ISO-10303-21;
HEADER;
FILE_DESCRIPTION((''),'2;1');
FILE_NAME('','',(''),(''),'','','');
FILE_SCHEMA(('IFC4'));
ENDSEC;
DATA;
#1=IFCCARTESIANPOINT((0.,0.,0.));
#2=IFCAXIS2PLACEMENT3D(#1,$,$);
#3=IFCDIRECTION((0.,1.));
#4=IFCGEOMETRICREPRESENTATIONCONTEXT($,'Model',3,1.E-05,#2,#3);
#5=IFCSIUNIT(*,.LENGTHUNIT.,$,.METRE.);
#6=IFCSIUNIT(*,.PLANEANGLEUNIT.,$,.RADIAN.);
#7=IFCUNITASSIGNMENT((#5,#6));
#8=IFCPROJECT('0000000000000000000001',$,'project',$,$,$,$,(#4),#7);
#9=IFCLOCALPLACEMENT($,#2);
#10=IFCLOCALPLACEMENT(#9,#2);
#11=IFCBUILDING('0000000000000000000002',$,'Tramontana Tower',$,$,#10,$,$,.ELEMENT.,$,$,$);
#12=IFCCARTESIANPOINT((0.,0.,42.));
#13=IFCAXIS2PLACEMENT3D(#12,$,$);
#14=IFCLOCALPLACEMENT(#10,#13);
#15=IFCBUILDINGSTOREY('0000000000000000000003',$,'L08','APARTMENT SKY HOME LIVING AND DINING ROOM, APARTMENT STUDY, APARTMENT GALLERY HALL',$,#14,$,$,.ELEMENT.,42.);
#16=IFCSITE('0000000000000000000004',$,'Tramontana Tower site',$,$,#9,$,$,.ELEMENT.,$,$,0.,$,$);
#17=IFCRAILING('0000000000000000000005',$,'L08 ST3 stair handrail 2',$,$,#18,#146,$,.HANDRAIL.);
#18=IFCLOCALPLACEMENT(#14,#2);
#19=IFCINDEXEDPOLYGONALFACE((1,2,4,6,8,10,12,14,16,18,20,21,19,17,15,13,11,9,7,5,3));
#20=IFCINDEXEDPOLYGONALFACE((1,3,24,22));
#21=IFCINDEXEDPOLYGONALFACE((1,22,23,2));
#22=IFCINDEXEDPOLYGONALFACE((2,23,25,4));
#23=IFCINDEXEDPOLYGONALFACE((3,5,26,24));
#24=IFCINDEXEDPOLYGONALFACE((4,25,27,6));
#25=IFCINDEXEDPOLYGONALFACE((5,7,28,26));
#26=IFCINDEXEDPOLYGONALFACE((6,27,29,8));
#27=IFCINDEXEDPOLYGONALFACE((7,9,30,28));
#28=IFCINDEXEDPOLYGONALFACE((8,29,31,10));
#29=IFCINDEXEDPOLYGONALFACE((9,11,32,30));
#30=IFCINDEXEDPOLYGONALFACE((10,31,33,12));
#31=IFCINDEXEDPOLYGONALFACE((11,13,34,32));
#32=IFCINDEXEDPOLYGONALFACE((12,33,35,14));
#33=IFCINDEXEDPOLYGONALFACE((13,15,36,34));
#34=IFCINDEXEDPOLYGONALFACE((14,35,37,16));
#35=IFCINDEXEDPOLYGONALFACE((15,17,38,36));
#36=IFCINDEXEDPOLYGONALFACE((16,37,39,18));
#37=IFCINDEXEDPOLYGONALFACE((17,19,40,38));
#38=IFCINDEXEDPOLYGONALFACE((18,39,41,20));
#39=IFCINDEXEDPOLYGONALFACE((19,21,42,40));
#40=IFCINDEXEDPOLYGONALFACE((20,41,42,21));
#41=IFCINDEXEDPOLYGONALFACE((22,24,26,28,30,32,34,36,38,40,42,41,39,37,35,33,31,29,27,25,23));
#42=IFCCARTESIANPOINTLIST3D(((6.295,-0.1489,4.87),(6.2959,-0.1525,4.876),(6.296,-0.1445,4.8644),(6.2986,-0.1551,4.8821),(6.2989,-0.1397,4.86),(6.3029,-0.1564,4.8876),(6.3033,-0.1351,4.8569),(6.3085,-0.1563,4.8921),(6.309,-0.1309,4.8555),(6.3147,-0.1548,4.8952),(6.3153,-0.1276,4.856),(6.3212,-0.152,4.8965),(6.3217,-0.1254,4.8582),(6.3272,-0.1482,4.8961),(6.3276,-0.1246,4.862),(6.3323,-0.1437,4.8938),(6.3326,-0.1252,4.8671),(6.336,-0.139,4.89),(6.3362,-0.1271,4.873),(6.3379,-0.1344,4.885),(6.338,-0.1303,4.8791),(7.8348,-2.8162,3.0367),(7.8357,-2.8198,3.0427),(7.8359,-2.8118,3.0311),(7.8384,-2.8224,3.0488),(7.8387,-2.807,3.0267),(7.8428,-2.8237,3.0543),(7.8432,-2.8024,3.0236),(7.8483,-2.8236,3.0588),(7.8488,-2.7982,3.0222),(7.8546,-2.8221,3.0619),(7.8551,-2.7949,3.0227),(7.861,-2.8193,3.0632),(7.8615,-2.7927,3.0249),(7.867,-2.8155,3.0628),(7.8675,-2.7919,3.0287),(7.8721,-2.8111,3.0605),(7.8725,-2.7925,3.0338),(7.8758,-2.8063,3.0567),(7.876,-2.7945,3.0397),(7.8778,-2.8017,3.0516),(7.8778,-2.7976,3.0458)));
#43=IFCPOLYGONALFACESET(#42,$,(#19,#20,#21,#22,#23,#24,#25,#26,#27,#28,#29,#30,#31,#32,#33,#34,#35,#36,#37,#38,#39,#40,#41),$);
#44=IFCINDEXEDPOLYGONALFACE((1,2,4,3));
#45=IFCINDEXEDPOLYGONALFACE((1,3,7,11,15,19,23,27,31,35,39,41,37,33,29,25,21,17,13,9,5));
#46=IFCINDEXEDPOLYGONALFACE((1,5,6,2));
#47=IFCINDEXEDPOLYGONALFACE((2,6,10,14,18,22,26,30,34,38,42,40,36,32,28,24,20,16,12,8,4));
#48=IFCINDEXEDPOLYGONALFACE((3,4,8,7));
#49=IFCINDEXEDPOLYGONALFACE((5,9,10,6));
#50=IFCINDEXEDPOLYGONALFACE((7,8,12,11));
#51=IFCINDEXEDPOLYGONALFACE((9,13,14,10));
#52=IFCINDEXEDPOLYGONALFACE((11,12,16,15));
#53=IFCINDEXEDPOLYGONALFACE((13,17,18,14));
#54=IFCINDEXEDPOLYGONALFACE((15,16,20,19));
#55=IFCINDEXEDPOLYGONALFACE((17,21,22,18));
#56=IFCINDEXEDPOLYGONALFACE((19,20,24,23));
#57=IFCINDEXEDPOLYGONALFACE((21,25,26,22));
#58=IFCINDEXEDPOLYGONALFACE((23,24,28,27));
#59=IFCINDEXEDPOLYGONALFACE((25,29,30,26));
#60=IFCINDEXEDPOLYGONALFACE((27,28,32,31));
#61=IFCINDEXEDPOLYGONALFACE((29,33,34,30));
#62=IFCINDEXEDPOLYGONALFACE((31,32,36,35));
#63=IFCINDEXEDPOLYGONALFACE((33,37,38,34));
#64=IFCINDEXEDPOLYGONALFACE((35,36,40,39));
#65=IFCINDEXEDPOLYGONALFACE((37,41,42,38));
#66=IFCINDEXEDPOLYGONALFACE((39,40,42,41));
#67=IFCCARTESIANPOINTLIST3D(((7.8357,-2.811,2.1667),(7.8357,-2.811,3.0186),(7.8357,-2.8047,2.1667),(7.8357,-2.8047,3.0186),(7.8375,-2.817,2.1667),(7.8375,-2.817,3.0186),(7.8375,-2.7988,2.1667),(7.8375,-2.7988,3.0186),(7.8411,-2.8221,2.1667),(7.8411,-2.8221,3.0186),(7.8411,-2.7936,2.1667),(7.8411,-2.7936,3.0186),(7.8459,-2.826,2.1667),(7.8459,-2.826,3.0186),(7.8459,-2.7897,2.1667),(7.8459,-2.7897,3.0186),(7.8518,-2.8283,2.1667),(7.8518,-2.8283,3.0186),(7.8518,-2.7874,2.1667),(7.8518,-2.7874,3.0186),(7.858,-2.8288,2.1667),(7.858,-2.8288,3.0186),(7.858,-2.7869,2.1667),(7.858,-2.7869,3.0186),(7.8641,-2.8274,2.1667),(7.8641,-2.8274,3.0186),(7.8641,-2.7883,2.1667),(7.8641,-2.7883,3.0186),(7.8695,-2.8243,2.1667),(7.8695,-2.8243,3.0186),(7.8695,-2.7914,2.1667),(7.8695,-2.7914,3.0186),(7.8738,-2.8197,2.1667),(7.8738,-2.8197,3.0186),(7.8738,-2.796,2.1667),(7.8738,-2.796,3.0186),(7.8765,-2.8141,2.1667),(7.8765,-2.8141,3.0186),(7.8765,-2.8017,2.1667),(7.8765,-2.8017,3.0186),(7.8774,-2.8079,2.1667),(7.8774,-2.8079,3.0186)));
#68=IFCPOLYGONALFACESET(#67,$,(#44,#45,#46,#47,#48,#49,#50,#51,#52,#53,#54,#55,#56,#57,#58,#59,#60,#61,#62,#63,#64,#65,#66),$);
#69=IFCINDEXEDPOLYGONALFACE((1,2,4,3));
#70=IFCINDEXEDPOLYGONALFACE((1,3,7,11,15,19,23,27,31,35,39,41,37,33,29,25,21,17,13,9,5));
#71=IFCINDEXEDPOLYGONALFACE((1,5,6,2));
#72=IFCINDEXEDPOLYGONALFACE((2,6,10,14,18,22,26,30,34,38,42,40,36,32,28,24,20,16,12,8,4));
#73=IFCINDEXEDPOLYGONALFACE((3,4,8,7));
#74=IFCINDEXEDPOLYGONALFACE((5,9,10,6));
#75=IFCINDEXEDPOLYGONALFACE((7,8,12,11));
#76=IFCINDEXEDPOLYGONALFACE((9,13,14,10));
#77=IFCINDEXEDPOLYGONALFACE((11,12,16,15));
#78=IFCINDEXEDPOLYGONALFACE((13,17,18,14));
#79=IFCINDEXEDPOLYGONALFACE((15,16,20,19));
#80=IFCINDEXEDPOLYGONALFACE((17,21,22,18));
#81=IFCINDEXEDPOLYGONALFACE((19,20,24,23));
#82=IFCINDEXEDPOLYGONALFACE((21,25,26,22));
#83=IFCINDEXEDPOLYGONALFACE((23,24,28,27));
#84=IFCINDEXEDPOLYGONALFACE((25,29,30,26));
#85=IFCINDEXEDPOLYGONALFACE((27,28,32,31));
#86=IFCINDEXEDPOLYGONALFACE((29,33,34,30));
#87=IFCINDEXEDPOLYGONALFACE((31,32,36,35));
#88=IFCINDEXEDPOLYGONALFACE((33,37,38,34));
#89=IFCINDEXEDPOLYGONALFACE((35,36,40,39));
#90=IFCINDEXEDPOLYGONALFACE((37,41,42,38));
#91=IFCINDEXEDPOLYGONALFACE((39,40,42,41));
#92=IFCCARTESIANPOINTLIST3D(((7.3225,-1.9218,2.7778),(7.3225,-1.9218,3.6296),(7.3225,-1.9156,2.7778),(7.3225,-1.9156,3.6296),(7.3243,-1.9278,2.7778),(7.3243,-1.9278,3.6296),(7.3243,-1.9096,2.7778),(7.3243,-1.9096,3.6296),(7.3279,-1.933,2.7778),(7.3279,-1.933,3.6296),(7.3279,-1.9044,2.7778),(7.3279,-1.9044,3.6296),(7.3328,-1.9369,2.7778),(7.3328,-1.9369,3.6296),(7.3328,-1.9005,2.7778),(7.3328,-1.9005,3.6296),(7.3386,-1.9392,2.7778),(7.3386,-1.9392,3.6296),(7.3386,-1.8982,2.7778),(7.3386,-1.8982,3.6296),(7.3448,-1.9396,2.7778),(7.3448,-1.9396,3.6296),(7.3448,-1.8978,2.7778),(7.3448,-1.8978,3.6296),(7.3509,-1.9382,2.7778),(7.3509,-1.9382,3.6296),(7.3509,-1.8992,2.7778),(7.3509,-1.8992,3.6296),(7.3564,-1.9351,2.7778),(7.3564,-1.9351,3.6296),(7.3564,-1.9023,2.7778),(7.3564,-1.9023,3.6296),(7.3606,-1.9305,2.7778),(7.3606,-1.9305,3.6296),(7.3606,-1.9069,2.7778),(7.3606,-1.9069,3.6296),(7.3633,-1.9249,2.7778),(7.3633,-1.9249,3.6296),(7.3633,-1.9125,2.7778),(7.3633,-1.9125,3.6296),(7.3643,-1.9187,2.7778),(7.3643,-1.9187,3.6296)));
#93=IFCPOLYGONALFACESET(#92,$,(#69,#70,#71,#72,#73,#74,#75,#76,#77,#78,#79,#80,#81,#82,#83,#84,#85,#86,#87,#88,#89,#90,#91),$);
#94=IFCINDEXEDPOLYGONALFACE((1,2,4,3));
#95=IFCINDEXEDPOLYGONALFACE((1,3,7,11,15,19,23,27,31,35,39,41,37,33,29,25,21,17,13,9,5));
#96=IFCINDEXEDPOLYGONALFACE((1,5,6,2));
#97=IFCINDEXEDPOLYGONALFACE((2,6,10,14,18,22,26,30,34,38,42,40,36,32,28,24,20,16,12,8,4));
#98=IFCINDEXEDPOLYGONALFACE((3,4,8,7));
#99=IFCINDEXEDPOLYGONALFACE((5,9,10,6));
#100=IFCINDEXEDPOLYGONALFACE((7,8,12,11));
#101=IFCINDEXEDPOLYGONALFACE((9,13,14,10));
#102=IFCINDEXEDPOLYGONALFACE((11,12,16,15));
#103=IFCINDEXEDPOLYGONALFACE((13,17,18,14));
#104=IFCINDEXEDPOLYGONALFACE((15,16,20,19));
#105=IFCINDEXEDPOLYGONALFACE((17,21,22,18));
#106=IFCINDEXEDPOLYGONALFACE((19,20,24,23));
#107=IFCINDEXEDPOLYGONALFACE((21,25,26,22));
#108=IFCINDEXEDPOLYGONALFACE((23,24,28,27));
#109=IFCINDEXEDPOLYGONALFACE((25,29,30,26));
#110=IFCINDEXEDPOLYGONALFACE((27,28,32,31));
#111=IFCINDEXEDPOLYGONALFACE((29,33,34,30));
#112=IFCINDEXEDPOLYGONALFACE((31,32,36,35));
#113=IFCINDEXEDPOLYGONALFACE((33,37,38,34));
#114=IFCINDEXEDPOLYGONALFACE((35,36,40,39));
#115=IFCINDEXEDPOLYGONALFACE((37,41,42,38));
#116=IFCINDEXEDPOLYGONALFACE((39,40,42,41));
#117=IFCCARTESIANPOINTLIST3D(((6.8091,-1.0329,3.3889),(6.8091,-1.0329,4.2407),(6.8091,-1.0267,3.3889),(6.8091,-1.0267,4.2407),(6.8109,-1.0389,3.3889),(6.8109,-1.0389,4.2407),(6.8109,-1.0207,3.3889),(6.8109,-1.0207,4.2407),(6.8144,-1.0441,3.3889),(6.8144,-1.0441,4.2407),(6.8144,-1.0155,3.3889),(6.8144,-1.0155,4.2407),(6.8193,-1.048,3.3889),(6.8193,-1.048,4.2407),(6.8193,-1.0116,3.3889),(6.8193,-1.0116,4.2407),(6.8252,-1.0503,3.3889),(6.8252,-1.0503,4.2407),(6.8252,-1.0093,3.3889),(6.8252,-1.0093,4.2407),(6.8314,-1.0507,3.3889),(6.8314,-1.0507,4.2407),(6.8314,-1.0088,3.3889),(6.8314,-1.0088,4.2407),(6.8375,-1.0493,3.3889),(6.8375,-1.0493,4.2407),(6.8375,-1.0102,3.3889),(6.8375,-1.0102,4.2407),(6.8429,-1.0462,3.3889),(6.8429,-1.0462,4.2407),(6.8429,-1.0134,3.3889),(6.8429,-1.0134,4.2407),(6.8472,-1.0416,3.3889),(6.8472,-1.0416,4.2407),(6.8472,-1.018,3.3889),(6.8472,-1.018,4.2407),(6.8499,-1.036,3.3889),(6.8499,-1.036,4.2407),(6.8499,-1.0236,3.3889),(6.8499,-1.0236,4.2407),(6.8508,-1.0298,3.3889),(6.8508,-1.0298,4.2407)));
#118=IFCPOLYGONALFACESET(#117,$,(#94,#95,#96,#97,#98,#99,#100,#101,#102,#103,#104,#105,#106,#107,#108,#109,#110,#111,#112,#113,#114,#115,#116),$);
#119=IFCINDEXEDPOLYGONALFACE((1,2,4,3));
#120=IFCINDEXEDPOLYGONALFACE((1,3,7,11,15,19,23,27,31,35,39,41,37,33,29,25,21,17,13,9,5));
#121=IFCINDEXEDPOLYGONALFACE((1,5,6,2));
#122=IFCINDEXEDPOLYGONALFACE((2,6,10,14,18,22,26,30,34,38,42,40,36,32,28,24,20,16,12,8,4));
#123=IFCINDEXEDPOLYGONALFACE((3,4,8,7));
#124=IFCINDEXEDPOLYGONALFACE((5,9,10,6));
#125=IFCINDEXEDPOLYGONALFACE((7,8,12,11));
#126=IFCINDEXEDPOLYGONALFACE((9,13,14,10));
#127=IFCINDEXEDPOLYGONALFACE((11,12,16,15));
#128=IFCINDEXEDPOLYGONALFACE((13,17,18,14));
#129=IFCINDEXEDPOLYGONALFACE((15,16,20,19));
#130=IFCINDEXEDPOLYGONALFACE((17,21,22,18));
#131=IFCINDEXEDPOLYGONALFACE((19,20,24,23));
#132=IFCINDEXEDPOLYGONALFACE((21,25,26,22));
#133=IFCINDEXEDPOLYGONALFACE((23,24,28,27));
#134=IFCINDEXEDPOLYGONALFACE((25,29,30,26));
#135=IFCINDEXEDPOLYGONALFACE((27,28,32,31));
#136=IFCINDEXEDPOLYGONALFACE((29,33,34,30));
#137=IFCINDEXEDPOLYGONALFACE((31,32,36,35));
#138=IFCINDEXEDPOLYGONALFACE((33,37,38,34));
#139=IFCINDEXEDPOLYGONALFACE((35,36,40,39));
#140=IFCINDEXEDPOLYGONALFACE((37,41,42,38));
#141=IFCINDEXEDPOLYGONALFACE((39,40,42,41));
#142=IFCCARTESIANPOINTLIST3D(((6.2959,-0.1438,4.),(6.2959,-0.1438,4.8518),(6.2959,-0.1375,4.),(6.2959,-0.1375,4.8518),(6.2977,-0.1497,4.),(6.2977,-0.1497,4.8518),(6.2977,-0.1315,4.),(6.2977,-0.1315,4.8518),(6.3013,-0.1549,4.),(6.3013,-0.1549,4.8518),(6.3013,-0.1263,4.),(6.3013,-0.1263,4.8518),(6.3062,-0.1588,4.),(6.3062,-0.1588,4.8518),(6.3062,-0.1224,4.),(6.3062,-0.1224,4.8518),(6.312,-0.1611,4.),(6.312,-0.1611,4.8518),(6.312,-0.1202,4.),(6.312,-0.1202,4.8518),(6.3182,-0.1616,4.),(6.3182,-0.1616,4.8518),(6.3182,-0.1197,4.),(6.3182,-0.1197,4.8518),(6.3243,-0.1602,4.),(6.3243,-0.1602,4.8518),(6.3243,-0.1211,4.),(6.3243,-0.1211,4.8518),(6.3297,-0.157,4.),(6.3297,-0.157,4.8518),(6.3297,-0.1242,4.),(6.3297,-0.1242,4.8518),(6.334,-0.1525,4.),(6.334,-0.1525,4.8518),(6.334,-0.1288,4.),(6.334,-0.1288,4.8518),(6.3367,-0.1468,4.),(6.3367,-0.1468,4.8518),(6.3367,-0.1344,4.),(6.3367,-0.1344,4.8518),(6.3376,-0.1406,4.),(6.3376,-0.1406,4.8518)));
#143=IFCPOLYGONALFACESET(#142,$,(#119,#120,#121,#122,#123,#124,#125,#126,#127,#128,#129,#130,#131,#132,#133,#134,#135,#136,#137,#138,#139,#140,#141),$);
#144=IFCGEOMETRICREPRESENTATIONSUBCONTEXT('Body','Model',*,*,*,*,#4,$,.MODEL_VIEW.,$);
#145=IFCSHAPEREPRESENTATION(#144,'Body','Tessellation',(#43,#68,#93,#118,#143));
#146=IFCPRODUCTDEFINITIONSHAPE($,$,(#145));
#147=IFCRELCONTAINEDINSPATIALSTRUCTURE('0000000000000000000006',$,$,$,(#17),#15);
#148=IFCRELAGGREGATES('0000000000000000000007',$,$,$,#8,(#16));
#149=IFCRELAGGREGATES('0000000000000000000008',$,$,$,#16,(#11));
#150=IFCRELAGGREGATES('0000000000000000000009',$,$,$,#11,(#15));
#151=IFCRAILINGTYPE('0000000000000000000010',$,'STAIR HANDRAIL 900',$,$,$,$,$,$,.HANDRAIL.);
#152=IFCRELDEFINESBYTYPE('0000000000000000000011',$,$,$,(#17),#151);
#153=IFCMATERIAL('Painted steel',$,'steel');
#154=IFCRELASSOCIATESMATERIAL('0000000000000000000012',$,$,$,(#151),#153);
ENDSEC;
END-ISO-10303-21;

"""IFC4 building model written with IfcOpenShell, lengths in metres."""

from ifc_helpers import new_model, si_unit, direction, frame, origin, origin_2d, place, context, subcontext, project, spatial, circle, extrude, material, type_object, element, save


model = new_model("IFC4")

# Units and contexts
model_context = context("Model", 3, precision=1e-05, world=origin(), true_north=direction((0.0, 1.0)))
body_context = subcontext(model_context, "Body", "Model", "MODEL_VIEW")
ifc_project = project(units=[si_unit("LENGTHUNIT", "METRE"), si_unit("PLANEANGLEUNIT", "RADIAN")], contexts=[model_context])

# Site, building, storey
site_placement = place(None, origin())
site = spatial("IfcSite", under=ifc_project, at=site_placement, Name="Tramontana Tower site", CompositionType="ELEMENT", RefElevation=0.0)
building_placement = place(site_placement, origin())
building = spatial("IfcBuilding", under=site, at=building_placement, Name="Tramontana Tower", CompositionType="ELEMENT")
storey_placement = place(building_placement, frame((0.0, 0.0, 42.0)))
storey = spatial("IfcBuildingStorey", under=building, at=storey_placement, Name="L08", Description="APARTMENT SKY HOME LIVING AND DINING ROOM, APARTMENT STUDY, APARTMENT GALLERY HALL", CompositionType="ELEMENT", Elevation=42.0)

# Railing
ifc_material_1 = material(Name="Painted steel", Category="steel")
railing_type_1 = type_object("IfcRailingType", Name="STAIR HANDRAIL 900", PredefinedType="HANDRAIL", material=ifc_material_1)
railing_1_placement = place(storey_placement, frame((7.8564, -2.8079, 2.1667)))
element("IfcRailing", 1, at=railing_1_placement, inside=storey, type_object=railing_type_1, Name="L08 ST3 stair handrail 2", PredefinedType="HANDRAIL", context=body_context, shape_type="SweptSolid", body=[
    extrude(circle(Radius=0.0239, at=origin_2d()), frame((0.0, 0.0, 0.876), z_axis=(-0.429616, 0.744181, 0.511493), x_axis=(-0.866044, -0.499967, 0.0)), (0.0, 0.0, 1.0), 3.5842),
    extrude(circle(Radius=0.021, at=origin_2d()), origin(), (0.0, 0.0, 1.0), 0.8518),
    extrude(circle(Radius=0.021, at=origin_2d()), frame((-0.5132, 0.8892, 0.6111)), (0.0, 0.0, 1.0), 0.8518),
    extrude(circle(Radius=0.021, at=origin_2d()), frame((-1.0266, 1.7781, 1.2222)), (0.0, 0.0, 1.0), 0.8518),
    extrude(circle(Radius=0.021, at=origin_2d()), frame((-1.5398, 2.6672, 1.8333)), (0.0, 0.0, 1.0), 0.8518),
])

save(model, "model.ifc")
